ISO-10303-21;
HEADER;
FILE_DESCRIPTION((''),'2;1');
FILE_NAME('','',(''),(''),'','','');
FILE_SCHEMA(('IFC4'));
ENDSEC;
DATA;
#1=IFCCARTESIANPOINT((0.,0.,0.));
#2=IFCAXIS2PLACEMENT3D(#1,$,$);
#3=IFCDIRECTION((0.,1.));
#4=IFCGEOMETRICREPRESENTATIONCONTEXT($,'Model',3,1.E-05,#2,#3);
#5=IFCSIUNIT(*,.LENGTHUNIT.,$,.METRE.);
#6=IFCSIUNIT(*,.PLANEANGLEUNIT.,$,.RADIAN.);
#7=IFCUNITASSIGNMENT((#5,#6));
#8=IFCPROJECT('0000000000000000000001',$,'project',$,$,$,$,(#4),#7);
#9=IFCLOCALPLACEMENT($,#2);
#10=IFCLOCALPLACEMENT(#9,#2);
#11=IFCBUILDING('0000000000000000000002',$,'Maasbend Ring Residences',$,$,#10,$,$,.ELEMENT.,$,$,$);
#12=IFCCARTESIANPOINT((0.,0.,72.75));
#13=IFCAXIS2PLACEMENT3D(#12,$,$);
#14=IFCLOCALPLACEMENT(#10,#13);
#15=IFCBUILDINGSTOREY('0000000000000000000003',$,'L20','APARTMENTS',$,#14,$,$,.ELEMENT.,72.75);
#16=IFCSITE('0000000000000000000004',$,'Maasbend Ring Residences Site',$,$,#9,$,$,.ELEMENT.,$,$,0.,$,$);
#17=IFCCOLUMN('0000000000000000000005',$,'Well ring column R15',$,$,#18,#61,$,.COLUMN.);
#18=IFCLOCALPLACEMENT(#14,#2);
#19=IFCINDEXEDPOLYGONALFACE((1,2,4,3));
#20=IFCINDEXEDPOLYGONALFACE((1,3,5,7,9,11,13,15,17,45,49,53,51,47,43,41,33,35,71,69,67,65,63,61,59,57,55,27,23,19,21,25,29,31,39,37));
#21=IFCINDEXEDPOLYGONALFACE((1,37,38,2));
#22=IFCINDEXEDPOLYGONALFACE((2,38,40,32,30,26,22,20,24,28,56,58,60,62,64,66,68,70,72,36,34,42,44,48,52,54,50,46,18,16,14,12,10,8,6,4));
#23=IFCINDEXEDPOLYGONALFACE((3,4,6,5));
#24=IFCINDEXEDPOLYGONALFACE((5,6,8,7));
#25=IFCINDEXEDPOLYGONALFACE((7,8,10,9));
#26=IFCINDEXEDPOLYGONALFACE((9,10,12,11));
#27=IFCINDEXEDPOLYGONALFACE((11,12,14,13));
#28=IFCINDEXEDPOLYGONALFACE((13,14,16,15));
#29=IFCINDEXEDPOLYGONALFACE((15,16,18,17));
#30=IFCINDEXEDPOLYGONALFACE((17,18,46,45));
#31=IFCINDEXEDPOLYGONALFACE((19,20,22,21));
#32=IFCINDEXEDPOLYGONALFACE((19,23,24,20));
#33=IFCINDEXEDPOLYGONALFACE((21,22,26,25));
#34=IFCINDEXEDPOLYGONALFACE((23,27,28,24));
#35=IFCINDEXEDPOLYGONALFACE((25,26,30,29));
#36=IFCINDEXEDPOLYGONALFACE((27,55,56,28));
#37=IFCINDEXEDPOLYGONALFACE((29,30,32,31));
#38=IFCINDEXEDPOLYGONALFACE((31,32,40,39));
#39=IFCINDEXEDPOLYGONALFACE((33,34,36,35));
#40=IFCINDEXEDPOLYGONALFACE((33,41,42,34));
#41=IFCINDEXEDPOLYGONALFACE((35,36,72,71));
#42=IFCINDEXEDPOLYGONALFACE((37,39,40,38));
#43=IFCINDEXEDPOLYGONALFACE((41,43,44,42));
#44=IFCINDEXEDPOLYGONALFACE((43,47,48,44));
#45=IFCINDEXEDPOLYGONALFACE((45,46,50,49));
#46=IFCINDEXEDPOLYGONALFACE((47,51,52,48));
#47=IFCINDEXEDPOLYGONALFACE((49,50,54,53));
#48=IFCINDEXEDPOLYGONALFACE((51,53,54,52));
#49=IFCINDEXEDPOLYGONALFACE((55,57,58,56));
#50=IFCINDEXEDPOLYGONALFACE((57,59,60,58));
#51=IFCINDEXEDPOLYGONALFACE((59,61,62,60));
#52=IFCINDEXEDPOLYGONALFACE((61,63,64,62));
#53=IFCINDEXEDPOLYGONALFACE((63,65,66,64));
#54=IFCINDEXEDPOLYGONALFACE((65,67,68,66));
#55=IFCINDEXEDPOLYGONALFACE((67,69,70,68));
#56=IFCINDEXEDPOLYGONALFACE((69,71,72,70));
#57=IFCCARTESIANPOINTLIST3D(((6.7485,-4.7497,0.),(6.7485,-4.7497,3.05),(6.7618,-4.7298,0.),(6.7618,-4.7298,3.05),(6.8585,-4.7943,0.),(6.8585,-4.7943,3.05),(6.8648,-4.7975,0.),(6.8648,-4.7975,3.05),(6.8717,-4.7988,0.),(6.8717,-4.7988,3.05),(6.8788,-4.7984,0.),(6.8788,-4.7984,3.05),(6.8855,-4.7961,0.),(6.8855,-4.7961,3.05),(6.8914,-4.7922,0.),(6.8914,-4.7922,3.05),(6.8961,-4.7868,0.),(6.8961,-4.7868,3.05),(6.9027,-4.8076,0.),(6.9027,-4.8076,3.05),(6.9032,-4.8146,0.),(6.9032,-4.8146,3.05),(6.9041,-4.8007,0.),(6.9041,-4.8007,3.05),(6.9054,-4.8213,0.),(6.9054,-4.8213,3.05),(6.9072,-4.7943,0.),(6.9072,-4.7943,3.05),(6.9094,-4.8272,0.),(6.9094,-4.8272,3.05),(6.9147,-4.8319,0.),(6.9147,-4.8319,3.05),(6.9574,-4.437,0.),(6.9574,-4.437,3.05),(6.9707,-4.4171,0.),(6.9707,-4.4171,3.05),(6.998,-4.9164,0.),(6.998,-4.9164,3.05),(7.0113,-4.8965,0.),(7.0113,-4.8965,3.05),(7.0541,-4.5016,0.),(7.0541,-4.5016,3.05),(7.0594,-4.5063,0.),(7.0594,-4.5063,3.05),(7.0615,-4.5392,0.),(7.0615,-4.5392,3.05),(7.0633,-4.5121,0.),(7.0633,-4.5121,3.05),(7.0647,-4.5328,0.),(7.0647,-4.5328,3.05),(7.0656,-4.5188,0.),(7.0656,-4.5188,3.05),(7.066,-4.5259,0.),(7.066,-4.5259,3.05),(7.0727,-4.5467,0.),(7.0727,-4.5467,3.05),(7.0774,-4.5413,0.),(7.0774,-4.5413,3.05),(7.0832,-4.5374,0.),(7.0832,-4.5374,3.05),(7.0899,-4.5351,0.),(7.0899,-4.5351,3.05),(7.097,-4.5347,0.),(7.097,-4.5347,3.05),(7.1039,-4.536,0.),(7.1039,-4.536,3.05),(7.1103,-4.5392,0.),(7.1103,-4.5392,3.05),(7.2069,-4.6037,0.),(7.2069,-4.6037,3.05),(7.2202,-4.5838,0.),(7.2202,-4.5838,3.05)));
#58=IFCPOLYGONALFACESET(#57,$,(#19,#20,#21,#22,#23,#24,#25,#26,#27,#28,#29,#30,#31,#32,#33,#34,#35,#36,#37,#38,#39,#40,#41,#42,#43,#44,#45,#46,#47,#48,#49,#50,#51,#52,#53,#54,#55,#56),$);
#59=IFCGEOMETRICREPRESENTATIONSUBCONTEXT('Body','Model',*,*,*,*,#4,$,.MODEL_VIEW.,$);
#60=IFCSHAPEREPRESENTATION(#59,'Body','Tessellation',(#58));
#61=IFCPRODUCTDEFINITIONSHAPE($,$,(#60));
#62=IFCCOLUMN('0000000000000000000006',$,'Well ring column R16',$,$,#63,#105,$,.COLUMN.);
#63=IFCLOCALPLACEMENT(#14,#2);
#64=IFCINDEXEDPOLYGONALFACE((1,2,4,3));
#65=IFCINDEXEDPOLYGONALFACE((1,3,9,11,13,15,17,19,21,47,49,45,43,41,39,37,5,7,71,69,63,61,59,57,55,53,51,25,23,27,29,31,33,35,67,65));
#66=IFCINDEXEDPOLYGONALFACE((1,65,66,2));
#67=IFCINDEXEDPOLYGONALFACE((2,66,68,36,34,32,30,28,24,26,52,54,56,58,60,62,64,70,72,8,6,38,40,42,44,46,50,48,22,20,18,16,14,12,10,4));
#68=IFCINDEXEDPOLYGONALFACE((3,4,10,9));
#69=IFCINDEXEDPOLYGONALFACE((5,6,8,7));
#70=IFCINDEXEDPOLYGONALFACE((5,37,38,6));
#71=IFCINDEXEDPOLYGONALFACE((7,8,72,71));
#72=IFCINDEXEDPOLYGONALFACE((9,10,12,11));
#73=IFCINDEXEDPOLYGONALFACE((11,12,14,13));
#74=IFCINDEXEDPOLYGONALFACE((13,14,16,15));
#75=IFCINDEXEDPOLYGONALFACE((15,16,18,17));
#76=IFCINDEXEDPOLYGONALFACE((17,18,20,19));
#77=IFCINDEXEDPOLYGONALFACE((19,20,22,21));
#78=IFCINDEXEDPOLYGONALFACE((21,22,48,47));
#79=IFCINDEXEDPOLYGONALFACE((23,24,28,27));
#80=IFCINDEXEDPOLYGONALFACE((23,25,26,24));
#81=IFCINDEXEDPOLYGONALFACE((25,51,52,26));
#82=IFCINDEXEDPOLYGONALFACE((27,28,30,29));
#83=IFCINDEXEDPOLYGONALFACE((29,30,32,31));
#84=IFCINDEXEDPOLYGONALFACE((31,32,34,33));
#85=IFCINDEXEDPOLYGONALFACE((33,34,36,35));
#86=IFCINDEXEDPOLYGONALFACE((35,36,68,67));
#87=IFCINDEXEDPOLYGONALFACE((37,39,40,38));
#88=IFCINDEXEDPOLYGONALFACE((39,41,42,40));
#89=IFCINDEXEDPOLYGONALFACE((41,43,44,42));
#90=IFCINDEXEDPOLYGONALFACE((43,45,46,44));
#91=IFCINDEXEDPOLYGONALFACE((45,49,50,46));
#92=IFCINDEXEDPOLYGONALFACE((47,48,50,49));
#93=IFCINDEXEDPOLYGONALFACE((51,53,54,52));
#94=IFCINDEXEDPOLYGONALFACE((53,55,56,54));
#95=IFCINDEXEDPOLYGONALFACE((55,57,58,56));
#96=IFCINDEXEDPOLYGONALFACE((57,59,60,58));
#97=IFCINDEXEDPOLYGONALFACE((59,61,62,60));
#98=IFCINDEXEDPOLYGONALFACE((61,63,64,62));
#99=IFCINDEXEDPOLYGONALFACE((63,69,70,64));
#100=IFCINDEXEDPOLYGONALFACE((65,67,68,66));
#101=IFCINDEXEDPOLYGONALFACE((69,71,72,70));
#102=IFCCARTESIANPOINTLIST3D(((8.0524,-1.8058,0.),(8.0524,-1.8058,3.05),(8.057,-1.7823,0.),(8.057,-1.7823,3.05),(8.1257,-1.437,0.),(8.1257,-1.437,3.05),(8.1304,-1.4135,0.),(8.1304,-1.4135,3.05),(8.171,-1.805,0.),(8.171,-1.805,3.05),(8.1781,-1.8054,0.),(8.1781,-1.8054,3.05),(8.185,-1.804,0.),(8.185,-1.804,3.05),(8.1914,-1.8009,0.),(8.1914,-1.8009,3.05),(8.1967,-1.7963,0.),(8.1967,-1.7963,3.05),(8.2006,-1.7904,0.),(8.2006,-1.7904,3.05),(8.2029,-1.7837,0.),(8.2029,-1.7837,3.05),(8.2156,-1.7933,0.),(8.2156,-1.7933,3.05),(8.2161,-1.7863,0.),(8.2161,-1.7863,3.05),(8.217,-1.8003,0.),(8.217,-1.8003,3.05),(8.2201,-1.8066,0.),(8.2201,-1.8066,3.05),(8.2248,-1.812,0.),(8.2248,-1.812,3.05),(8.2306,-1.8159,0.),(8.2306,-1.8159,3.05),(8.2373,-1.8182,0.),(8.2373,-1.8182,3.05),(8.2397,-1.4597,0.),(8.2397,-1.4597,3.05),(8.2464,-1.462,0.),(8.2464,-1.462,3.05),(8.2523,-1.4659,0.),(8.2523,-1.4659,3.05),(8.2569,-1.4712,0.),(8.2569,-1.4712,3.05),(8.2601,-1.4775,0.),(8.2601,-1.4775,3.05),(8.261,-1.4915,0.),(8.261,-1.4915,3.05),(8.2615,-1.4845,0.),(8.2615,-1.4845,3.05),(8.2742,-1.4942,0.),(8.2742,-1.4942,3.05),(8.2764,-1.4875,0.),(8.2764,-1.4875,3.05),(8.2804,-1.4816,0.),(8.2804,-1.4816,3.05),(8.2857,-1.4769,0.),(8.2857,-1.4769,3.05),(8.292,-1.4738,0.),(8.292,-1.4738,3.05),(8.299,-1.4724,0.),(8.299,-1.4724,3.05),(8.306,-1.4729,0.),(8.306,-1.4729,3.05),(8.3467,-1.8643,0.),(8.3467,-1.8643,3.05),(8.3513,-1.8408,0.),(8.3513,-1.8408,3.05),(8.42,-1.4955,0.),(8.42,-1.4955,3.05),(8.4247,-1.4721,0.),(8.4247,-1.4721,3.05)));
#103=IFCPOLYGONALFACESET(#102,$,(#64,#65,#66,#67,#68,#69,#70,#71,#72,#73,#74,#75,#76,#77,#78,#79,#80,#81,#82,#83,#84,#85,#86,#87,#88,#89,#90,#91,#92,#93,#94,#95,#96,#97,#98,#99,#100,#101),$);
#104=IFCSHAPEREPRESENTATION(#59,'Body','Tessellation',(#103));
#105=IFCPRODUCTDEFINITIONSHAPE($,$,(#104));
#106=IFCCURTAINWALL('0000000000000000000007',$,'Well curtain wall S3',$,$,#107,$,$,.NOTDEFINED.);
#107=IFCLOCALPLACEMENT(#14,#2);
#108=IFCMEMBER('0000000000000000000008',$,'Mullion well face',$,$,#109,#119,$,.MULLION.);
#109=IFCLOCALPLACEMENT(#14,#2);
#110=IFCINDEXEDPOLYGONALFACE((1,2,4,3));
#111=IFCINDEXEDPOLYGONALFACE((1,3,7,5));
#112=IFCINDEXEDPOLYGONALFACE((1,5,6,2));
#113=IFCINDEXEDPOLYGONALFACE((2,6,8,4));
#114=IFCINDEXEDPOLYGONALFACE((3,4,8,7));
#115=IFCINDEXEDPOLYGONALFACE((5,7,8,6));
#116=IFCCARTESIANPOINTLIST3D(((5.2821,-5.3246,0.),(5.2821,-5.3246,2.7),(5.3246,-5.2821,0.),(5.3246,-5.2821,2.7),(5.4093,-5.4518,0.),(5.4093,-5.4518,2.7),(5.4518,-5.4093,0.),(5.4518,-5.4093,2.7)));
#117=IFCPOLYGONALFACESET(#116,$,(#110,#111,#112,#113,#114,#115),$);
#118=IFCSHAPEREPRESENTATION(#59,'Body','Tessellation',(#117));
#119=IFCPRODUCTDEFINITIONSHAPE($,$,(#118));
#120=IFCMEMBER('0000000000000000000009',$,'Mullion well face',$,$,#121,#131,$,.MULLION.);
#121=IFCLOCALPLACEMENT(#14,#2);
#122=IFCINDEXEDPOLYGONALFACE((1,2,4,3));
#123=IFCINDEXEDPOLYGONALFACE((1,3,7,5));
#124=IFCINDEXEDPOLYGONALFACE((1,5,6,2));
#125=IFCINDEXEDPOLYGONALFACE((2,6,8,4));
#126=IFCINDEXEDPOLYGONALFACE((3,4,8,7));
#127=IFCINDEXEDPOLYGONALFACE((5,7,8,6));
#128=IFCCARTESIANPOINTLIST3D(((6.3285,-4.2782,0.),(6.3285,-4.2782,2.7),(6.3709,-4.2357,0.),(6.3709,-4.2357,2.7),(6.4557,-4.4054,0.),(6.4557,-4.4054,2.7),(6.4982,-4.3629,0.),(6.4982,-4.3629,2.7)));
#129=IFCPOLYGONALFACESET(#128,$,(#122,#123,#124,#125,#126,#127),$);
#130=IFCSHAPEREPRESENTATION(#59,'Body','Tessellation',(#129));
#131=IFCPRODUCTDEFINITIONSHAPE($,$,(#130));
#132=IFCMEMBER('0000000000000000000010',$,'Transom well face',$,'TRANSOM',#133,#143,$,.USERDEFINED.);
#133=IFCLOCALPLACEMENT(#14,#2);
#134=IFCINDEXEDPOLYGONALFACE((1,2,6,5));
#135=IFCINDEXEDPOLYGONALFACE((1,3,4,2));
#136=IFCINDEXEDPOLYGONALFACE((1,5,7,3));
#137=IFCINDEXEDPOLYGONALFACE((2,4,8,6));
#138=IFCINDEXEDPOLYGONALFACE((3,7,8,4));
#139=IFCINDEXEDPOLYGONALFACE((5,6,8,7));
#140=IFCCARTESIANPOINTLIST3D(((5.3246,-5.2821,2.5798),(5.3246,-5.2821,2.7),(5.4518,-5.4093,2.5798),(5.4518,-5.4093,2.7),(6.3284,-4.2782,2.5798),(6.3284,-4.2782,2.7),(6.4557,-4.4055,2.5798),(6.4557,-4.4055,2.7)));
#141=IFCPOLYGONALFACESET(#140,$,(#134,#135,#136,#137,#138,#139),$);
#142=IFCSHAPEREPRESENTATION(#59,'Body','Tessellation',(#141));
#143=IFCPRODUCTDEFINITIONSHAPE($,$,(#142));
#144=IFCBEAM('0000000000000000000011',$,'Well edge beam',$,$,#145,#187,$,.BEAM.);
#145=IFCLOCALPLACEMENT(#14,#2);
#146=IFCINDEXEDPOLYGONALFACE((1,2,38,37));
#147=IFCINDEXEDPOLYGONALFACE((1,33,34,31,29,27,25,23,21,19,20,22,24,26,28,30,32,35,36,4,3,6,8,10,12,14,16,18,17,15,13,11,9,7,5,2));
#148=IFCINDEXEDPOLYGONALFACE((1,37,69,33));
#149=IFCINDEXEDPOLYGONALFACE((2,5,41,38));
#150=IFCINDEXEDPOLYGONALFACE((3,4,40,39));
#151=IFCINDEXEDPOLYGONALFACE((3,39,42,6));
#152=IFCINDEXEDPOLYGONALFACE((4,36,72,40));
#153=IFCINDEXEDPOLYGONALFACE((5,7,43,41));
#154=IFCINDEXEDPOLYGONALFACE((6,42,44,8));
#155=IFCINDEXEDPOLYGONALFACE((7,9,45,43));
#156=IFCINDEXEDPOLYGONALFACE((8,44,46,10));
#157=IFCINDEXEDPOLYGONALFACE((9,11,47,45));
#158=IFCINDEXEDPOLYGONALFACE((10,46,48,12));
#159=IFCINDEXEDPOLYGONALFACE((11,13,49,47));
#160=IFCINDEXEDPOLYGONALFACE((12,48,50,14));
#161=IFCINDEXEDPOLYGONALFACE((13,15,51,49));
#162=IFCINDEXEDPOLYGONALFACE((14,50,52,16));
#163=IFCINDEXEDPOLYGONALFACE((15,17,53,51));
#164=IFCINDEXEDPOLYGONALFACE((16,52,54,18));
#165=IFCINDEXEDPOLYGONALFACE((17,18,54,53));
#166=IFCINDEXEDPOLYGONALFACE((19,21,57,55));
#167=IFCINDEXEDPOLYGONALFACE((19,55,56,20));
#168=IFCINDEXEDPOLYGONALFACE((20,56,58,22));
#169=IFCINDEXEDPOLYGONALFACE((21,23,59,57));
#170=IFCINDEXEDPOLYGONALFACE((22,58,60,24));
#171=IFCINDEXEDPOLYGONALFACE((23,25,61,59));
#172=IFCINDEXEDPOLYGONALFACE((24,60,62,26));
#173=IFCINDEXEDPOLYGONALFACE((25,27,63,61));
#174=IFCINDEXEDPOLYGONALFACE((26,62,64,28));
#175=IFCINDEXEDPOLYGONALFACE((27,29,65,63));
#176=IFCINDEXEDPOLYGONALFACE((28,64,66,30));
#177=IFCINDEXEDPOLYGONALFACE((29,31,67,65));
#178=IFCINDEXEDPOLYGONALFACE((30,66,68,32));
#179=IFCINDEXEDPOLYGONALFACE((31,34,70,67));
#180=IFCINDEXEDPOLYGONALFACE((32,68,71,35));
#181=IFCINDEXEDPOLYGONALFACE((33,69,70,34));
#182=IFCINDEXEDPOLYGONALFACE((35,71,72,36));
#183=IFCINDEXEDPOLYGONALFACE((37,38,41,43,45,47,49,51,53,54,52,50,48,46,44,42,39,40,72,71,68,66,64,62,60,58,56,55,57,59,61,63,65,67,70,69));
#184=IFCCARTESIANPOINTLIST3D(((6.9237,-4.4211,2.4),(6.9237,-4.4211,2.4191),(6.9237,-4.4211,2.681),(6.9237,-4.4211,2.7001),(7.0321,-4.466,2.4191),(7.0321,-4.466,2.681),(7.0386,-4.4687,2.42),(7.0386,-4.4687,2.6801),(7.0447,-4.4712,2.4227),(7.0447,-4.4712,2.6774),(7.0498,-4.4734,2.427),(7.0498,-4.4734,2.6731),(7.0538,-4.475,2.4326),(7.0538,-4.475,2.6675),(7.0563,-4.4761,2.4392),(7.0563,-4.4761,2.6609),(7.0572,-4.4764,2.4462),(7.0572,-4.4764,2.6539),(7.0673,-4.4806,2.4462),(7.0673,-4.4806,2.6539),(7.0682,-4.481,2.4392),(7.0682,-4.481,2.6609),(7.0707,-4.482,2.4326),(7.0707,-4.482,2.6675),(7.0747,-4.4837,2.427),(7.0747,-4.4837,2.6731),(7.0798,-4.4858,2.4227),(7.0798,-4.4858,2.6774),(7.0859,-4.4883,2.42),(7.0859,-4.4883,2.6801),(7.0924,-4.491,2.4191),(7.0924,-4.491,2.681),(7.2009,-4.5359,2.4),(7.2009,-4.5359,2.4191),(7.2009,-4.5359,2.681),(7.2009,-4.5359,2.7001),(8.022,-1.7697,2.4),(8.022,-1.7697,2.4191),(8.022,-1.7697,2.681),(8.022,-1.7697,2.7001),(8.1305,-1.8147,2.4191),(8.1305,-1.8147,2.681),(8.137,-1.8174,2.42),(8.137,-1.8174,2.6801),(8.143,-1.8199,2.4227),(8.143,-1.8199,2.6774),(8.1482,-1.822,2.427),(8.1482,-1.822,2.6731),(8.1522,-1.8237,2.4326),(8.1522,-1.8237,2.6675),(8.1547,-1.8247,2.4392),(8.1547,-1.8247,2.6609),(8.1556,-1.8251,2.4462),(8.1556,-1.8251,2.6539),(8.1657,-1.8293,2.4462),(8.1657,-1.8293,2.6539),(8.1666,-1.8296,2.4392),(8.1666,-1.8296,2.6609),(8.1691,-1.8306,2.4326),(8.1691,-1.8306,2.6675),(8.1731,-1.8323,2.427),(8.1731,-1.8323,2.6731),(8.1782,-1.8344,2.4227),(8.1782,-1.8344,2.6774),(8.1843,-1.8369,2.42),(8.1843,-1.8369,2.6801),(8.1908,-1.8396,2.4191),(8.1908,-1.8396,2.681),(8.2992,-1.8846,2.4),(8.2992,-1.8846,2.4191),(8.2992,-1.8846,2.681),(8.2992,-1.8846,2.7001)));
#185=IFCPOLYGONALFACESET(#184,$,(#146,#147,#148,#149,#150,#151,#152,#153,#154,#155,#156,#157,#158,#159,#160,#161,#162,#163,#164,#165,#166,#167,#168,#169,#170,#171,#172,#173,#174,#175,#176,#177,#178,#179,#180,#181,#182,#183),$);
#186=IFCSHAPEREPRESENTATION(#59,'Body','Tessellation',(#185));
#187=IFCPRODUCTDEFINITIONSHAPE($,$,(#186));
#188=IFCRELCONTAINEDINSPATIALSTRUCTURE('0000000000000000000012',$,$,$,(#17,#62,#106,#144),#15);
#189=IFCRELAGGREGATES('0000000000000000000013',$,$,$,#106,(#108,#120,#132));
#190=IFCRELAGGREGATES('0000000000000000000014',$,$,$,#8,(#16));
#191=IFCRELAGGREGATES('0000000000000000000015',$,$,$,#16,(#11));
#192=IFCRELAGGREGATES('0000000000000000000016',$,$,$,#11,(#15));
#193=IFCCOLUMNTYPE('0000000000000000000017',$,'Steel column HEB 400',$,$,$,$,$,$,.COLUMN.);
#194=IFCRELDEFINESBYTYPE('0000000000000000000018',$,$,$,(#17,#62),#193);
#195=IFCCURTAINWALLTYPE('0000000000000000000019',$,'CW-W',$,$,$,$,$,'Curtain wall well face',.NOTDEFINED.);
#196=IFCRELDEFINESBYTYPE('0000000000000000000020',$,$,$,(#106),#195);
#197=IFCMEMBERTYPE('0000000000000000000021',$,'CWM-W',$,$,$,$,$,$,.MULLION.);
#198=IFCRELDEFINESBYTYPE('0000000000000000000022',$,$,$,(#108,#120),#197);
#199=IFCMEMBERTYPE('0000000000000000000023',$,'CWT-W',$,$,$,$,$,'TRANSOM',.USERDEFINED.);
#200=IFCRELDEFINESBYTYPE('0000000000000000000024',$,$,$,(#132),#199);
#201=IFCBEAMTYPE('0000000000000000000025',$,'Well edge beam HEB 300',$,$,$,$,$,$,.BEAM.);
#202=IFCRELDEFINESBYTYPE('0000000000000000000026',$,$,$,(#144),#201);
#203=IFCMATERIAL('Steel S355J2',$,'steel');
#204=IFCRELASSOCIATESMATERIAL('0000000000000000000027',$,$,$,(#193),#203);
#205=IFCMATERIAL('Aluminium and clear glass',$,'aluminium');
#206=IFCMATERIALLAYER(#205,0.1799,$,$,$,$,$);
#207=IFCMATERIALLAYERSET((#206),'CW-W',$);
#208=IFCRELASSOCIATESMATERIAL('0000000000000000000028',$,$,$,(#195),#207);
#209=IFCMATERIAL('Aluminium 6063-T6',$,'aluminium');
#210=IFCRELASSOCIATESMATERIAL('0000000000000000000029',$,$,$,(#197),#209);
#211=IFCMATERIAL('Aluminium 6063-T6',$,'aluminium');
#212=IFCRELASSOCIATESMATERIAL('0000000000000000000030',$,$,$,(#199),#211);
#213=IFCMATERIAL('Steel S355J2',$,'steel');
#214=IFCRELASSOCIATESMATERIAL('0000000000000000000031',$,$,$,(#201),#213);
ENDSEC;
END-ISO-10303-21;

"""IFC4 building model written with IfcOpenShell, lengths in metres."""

from ifc_helpers import new_model, si_unit, direction, frame, origin, origin_2d, place, context, subcontext, project, spatial, rectangle, i_section, extrude, material, layer, layer_set, material_profile, profile_set, type_object, element, aggregate, save


model = new_model("IFC4")

# Units and contexts
model_context = context("Model", 3, precision=1e-05, world=origin(), true_north=direction((0.0, 1.0)))
body_context = subcontext(model_context, "Body", "Model", "MODEL_VIEW")
ifc_project = project(units=[si_unit("LENGTHUNIT", "METRE"), si_unit("PLANEANGLEUNIT", "RADIAN")], contexts=[model_context])

# Site, building, storey
site_placement = place(None, origin())
site = spatial("IfcSite", under=ifc_project, at=site_placement, Name="Maasbend Ring Residences Site", CompositionType="ELEMENT", RefElevation=0.0)
building_placement = place(site_placement, origin())
building = spatial("IfcBuilding", under=site, at=building_placement, Name="Maasbend Ring Residences", CompositionType="ELEMENT")
storey_placement = place(building_placement, frame((0.0, 0.0, 72.75)))
storey = spatial("IfcBuildingStorey", under=building, at=storey_placement, Name="L20", Description="APARTMENTS", CompositionType="ELEMENT", Elevation=72.75)

# Columns
ifc_material_1 = material(Name="Steel S355J2", Category="steel")
ifc_material_profile_1 = material_profile(ifc_material_1, i_section(OverallWidth=0.3, OverallDepth=0.3999, WebThickness=0.0134, FlangeThickness=0.0239, FilletRadius=0.0271, at=origin_2d()), Name="HEB 400")
ifc_profile_set_1 = profile_set([ifc_material_profile_1], Name="Steel S355J2")
column_type = type_object("IfcColumnType", Name="Steel column HEB 400", PredefinedType="COLUMN", material=ifc_profile_set_1)
for number, where, z_axis, x_axis, name in (
    (1, (6.9844, -4.6667, 0.0), (0.0, 0.0, 1.0), (0.83147, -0.55557, 0.0), "Well ring column R15"),
    (2, (8.2385, -1.6389, 0.0), (0.0, 0.0, 1.0), (0.980785, -0.19509, 0.0), "Well ring column R16"),
):
    element("IfcColumn", number, at=place(storey_placement, frame(where, z_axis=z_axis, x_axis=x_axis)), inside=storey, type_object=column_type, Name=name, PredefinedType="COLUMN", context=body_context, shape_type="SweptSolid", body=[
        extrude(i_section(OverallWidth=0.3, OverallDepth=0.3999, WebThickness=0.0134, FlangeThickness=0.0239, FilletRadius=0.0271, at=origin_2d()), origin(), (0.0, 0.0, 1.0), 3.05),
    ])

# Curtain wall, members
ifc_material_2 = material(Name="Aluminium and clear glass", Category="aluminium")
ifc_layer_1 = layer(ifc_material_2, 0.1799)
ifc_layer_set_1 = layer_set([ifc_layer_1], Name="CW-W")
curtain_wall_type = type_object("IfcCurtainWallType", Name="CW-W", ElementType="Curtain wall well face", PredefinedType="NOTDEFINED", material=ifc_layer_set_1)
curtain_wall_placement = place(storey_placement, origin())
curtain_wall = element("IfcCurtainWall", 3, at=curtain_wall_placement, inside=storey, type_object=curtain_wall_type, Name="Well curtain wall S3", PredefinedType="NOTDEFINED")
ifc_material_3 = material(Name="Aluminium 6063-T6", Category="aluminium")
ifc_material_profile_2 = material_profile(ifc_material_3, rectangle(XDim=0.1799, YDim=0.0601, at=origin_2d()), Name="AL 180x60")
ifc_profile_set_2 = profile_set([ifc_material_profile_2], Name="Aluminium 6063-T6")
member_type_1 = type_object("IfcMemberType", Name="CWM-W", PredefinedType="MULLION", material=ifc_profile_set_2)
member_1_placement = place(storey_placement, frame((5.3669, -5.3669, 0.0), z_axis=(0.0, 0.0, 1.0), x_axis=(-0.707107, 0.707107, 0.0)))
member_1 = element("IfcMember", 4, at=member_1_placement, type_object=member_type_1, Name="Mullion well face", PredefinedType="MULLION", context=body_context, shape_type="SweptSolid", body=[
    extrude(rectangle(XDim=0.1799, YDim=0.0601, at=origin_2d()), origin(), (0.0, 0.0, 1.0), 2.7),
])
member_2_placement = place(storey_placement, frame((6.4133, -4.3206, 0.0), z_axis=(0.0, 0.0, 1.0), x_axis=(-0.707107, 0.707107, 0.0)))
member_2 = element("IfcMember", 5, at=member_2_placement, type_object=member_type_1, Name="Mullion well face", PredefinedType="MULLION", context=body_context, shape_type="SweptSolid", body=[
    extrude(rectangle(XDim=0.1799, YDim=0.0601, at=origin_2d()), origin(), (0.0, 0.0, 1.0), 2.7),
])
ifc_material_4 = material(Name="Aluminium 6063-T6", Category="aluminium")
ifc_material_profile_3 = material_profile(ifc_material_4, rectangle(XDim=0.1799, YDim=0.1201, at=origin_2d()), Name="AL 180x120")
ifc_profile_set_3 = profile_set([ifc_material_profile_3], Name="Aluminium 6063-T6")
member_type_2 = type_object("IfcMemberType", Name="CWT-W", ElementType="TRANSOM", PredefinedType="USERDEFINED", material=ifc_profile_set_3)
member_3_placement = place(storey_placement, frame((5.3882, -5.3457, 2.6399), z_axis=(0.707107, 0.707107, 0.0), x_axis=(-0.707107, 0.707107, 0.0)))
member_3 = element("IfcMember", 6, at=member_3_placement, type_object=member_type_2, Name="Transom well face", ObjectType="TRANSOM", PredefinedType="USERDEFINED", context=body_context, shape_type="SweptSolid", body=[
    extrude(rectangle(XDim=0.1799, YDim=0.1201, at=origin_2d()), origin(), (0.0, 0.0, 1.0), 1.4197),
])

# Beam
ifc_material_5 = material(Name="Steel S355J2", Category="steel")
ifc_material_profile_4 = material_profile(ifc_material_5, i_section(OverallWidth=0.3, OverallDepth=0.3, WebThickness=0.011, FlangeThickness=0.019, FilletRadius=0.0271, at=origin_2d()), Name="HEB 300")
ifc_profile_set_4 = profile_set([ifc_material_profile_4], Name="Steel S355J2")
beam_type = type_object("IfcBeamType", Name="Well edge beam HEB 300", PredefinedType="BEAM", material=ifc_profile_set_4)
beam_1_placement = place(storey_placement, frame((7.0623, -4.4785, 2.55), z_axis=(0.38273, 0.92386, 0.0), x_axis=(-0.92386, 0.38273, 0.0)))
element("IfcBeam", 7, at=beam_1_placement, inside=storey, type_object=beam_type, Name="Well edge beam", PredefinedType="BEAM", context=body_context, shape_type="SweptSolid", body=[
    extrude(i_section(OverallWidth=0.3, OverallDepth=0.3, WebThickness=0.011, FlangeThickness=0.019, FilletRadius=0.0271, at=origin_2d()), origin(), (0.0, 0.0, 1.0), 2.8699),
])

aggregate(curtain_wall, [member_1, member_2, member_3])

save(model, "model.ifc")
